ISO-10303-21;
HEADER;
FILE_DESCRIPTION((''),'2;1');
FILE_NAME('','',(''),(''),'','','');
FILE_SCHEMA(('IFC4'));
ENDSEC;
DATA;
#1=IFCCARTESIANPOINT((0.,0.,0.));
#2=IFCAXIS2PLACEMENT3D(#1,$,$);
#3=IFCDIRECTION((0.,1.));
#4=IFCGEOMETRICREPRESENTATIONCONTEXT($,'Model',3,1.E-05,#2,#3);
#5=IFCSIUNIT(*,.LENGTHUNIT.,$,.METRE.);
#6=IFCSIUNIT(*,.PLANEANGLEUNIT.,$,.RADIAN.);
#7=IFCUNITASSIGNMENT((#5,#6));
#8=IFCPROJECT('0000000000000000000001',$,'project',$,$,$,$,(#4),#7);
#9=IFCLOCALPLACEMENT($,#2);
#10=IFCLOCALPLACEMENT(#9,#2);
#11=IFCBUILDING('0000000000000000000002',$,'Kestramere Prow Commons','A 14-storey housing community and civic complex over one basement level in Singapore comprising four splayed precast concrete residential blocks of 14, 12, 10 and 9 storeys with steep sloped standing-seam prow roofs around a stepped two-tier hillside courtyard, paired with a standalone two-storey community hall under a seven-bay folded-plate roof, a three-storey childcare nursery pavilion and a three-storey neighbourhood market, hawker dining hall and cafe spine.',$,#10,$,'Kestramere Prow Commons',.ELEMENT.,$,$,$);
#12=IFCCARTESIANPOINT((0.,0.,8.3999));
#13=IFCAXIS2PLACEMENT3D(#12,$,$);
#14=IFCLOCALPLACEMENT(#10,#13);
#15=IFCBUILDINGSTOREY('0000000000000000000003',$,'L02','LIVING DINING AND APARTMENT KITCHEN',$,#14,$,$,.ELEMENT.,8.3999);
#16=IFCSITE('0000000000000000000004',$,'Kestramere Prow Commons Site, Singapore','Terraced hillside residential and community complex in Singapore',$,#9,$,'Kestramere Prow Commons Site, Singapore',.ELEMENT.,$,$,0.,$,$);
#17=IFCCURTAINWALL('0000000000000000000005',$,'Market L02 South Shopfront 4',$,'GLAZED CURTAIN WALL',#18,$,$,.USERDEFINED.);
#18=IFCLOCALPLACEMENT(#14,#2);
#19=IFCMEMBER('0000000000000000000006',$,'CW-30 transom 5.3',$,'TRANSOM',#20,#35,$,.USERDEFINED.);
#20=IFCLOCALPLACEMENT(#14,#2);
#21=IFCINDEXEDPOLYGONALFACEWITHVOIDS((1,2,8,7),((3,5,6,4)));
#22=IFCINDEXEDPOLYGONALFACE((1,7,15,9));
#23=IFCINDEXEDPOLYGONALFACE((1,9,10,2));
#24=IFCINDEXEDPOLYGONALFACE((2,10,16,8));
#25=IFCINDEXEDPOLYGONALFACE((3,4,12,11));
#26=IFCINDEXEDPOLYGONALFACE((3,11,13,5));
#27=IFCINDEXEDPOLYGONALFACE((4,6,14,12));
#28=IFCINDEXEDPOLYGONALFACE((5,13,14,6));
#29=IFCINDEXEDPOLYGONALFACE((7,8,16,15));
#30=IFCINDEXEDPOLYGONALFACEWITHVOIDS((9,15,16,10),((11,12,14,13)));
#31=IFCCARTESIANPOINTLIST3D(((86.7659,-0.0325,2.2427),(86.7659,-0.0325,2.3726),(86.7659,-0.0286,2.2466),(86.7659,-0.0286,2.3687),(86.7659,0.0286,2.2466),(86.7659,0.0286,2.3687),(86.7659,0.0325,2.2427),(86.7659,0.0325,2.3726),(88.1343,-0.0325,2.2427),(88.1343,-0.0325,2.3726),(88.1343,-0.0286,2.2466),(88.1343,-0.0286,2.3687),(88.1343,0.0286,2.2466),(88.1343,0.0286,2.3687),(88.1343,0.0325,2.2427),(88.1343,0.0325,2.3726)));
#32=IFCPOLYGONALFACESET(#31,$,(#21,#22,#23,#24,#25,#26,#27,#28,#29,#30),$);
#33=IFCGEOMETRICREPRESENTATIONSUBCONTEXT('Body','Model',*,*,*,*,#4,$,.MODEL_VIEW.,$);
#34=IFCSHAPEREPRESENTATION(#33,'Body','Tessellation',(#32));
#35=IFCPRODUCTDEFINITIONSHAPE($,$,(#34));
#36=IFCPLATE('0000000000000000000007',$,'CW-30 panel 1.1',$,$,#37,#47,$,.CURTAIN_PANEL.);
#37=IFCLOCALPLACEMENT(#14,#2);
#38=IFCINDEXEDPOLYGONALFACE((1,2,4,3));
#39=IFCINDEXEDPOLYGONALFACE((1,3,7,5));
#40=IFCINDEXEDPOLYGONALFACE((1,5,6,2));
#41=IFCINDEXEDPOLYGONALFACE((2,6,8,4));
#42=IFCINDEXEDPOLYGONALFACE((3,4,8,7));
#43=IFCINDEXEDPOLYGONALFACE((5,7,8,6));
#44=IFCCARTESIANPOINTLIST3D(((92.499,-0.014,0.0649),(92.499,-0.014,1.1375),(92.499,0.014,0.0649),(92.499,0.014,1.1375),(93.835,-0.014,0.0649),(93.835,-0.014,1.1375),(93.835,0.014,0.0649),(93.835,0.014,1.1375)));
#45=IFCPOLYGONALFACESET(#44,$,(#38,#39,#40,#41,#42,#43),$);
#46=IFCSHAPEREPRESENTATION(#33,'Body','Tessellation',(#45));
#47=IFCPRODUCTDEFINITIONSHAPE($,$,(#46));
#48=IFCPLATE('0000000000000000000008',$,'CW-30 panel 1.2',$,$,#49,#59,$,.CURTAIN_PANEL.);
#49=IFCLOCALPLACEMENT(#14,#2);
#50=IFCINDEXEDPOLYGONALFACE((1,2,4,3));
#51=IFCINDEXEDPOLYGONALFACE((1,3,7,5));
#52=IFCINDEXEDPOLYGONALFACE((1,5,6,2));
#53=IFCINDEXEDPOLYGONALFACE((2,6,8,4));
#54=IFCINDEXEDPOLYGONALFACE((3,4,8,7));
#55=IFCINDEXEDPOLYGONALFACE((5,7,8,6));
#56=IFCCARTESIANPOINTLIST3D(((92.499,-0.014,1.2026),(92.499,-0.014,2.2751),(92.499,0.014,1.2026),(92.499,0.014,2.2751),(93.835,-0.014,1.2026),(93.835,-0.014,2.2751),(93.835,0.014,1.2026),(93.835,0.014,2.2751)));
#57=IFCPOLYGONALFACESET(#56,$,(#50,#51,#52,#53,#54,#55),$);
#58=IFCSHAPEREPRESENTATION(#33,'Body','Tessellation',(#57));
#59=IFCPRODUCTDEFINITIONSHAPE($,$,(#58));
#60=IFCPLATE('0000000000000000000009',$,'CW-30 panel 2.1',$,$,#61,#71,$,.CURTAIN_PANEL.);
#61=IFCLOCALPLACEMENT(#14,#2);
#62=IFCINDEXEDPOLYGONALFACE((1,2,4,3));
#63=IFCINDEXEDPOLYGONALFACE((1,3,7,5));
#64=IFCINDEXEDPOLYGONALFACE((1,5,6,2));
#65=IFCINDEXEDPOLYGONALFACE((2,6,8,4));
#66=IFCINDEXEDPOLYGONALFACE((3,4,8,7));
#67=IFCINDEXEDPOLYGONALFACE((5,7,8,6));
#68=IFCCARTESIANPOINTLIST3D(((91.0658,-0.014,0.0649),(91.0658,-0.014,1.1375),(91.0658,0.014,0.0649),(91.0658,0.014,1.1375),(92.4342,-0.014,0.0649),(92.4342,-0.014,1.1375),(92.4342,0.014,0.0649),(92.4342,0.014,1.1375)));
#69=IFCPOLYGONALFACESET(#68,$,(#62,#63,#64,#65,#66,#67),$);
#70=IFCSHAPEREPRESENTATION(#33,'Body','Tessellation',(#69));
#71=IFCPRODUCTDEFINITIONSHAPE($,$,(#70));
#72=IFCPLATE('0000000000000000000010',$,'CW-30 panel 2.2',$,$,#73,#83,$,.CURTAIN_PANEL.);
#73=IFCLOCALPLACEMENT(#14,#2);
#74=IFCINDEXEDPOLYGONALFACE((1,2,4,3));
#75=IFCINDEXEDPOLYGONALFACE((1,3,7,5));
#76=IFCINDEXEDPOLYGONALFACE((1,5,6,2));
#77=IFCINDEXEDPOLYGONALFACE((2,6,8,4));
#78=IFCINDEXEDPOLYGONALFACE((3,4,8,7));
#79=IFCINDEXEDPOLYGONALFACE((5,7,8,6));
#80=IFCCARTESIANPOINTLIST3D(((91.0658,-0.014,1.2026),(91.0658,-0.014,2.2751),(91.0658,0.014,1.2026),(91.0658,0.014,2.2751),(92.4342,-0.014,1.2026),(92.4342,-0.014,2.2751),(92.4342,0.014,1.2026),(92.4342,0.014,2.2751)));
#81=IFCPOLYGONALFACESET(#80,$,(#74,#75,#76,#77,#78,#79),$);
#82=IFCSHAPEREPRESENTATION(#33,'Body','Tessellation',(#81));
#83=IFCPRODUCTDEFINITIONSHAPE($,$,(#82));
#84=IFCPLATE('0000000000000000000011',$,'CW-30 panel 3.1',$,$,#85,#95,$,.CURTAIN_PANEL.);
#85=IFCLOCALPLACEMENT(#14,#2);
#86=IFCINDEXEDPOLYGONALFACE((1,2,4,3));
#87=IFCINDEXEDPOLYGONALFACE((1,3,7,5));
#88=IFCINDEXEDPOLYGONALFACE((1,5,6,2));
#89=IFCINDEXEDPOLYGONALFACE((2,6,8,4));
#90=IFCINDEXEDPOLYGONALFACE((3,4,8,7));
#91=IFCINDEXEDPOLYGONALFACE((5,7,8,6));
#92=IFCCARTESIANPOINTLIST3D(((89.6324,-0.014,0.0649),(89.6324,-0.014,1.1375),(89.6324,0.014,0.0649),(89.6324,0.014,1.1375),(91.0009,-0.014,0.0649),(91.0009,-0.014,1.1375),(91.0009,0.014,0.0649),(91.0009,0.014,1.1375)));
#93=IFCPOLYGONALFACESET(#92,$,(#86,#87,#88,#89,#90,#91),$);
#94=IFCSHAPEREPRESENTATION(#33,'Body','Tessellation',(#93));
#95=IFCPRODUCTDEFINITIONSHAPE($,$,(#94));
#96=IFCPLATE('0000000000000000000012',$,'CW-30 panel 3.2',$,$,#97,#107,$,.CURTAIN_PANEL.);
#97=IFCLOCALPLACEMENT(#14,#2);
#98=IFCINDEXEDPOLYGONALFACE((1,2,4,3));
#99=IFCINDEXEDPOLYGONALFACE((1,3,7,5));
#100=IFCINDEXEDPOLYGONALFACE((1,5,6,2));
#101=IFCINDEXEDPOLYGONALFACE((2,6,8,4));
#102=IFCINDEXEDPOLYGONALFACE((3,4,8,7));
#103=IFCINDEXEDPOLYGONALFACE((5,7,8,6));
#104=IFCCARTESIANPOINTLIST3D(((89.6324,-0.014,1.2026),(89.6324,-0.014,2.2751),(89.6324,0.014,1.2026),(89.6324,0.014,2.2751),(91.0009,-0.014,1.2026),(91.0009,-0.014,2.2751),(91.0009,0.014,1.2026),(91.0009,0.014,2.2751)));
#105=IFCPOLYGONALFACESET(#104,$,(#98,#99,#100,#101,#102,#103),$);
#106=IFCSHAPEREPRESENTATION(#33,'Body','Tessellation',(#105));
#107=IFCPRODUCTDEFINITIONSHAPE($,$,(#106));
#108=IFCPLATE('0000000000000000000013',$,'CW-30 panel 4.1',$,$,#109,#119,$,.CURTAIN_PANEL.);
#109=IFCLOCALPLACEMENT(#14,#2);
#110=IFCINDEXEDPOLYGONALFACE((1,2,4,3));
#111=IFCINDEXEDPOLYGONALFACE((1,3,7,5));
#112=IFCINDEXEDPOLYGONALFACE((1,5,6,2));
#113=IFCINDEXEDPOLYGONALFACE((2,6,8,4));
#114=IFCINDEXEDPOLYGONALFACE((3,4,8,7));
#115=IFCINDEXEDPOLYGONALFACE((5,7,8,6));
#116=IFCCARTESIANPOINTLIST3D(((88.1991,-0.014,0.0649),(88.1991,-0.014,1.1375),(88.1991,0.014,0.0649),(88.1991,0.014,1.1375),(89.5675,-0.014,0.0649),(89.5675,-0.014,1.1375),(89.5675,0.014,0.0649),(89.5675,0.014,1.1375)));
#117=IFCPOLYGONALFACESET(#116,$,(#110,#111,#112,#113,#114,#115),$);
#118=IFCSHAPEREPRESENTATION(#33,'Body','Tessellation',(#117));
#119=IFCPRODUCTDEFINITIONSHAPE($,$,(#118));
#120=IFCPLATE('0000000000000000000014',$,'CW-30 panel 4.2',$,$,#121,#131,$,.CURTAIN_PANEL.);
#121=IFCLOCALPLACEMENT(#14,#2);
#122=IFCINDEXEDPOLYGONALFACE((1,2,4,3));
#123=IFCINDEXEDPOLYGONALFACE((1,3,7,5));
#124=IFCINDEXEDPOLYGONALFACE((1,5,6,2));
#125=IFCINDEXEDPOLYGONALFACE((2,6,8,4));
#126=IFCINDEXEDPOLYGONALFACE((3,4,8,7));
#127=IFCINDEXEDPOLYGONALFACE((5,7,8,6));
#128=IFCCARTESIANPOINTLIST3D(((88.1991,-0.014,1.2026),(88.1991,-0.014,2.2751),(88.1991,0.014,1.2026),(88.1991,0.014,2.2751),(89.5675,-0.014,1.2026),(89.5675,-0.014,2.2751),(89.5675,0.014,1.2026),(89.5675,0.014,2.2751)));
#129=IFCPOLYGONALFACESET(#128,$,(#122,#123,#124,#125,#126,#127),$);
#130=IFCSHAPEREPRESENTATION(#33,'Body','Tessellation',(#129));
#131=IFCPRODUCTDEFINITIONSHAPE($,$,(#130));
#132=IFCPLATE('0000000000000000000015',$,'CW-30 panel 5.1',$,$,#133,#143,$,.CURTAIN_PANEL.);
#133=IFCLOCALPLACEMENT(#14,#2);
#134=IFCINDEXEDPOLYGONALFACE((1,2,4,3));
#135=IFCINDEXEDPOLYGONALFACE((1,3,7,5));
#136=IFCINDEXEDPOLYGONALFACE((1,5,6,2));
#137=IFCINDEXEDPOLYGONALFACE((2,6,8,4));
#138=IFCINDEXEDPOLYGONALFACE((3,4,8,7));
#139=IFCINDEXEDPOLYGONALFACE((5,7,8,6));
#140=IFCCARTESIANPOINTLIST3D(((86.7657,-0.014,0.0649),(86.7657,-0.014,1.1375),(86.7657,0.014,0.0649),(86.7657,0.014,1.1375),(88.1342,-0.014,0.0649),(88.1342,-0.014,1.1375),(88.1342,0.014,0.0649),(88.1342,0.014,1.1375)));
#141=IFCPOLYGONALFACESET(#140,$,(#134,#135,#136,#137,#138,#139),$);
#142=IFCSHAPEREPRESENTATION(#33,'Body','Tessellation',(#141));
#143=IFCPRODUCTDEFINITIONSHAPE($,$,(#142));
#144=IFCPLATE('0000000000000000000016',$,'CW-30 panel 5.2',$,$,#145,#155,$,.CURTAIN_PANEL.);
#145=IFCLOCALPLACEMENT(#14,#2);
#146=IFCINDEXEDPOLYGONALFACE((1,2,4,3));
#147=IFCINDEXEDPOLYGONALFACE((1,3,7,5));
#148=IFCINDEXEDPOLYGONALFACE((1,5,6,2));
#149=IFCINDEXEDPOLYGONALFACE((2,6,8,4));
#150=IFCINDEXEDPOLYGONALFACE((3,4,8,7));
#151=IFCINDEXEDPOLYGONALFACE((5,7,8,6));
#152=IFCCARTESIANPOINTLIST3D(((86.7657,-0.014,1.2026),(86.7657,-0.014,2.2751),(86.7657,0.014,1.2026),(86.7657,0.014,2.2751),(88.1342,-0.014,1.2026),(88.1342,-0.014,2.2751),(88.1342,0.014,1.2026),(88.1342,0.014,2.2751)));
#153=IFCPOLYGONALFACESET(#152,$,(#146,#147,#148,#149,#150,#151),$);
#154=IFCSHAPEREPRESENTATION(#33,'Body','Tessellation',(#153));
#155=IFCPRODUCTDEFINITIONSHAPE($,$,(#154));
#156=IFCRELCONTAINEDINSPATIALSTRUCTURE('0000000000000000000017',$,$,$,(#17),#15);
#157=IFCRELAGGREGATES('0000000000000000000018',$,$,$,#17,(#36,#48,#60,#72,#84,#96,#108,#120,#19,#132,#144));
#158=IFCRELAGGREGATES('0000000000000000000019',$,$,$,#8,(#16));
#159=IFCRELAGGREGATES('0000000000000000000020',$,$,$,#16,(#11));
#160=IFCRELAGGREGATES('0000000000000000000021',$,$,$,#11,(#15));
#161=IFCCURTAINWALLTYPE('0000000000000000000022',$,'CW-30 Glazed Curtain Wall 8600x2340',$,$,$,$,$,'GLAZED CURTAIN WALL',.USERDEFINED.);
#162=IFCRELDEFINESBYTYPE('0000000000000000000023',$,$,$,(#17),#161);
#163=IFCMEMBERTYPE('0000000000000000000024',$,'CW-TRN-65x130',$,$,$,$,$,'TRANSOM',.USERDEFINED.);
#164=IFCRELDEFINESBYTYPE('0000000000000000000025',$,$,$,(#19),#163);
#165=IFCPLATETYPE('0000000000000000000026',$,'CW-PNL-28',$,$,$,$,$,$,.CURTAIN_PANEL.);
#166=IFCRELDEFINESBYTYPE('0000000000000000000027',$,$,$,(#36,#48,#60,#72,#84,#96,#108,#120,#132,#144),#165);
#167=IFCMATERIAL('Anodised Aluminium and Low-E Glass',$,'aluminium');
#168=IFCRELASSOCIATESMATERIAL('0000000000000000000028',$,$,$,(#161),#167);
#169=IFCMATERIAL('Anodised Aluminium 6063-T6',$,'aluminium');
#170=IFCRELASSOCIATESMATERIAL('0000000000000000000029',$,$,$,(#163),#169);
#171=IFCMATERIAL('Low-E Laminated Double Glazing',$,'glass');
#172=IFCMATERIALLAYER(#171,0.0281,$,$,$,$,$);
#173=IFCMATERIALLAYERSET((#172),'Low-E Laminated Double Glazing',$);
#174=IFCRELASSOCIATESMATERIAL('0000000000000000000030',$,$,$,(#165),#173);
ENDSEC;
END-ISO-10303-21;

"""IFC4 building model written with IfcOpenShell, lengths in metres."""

from ifc_helpers import new_model, si_unit, direction, frame, origin, origin_2d, place, context, subcontext, project, spatial, rectangle, hollow_rectangle, extrude, material, layer, layer_set, material_profile, profile_set, type_object, element, aggregate, save


model = new_model("IFC4")

# Units and contexts
model_context = context("Model", 3, precision=1e-05, world=origin(), true_north=direction((0.0, 1.0)))
body_context = subcontext(model_context, "Body", "Model", "MODEL_VIEW")
ifc_project = project(units=[si_unit("LENGTHUNIT", "METRE"), si_unit("PLANEANGLEUNIT", "RADIAN")], contexts=[model_context])

# Site, building, storey
site_placement = place(None, origin())
site = spatial("IfcSite", under=ifc_project, at=site_placement, Name="Kestramere Prow Commons Site, Singapore", Description="Terraced hillside residential and community complex in Singapore", LongName="Kestramere Prow Commons Site, Singapore", CompositionType="ELEMENT", RefElevation=0.0)
building_placement = place(site_placement, origin())
building = spatial("IfcBuilding", under=site, at=building_placement, Name="Kestramere Prow Commons", Description="A 14-storey housing community and civic complex over one basement level in Singapore comprising four splayed precast concrete residential blocks of 14, 12, 10 and 9 storeys with steep sloped standing-seam prow roofs around a stepped two-tier hillside courtyard, paired with a standalone two-storey community hall under a seven-bay folded-plate roof, a three-storey childcare nursery pavilion and a three-storey neighbourhood market, hawker dining hall and cafe spine.", LongName="Kestramere Prow Commons", CompositionType="ELEMENT")
storey_placement = place(building_placement, frame((0.0, 0.0, 8.3999)))
storey = spatial("IfcBuildingStorey", under=building, at=storey_placement, Name="L02", Description="LIVING DINING AND APARTMENT KITCHEN", CompositionType="ELEMENT", Elevation=8.3999)

# Curtain wall, member, plates
ifc_material_1 = material(Name="Anodised Aluminium and Low-E Glass", Category="aluminium")
curtain_wall_type = type_object("IfcCurtainWallType", Name="CW-30 Glazed Curtain Wall 8600x2340", ElementType="GLAZED CURTAIN WALL", PredefinedType="USERDEFINED", material=ifc_material_1)
curtain_wall_placement = place(storey_placement, origin())
curtain_wall = element("IfcCurtainWall", 1, at=curtain_wall_placement, inside=storey, type_object=curtain_wall_type, Name="Market L02 South Shopfront 4", ObjectType="GLAZED CURTAIN WALL", PredefinedType="USERDEFINED")
ifc_material_2 = material(Name="Anodised Aluminium 6063-T6", Category="aluminium")
ifc_material_profile_1 = material_profile(ifc_material_2, hollow_rectangle(XDim=0.0649, YDim=0.1299, WallThickness=0.0039, at=origin_2d()), Name="ALU-TRN 65x130")
ifc_profile_set_1 = profile_set([ifc_material_profile_1], Name="Anodised Aluminium 6063-T6")
member_type_1 = type_object("IfcMemberType", Name="CW-TRN-65x130", ElementType="TRANSOM", PredefinedType="USERDEFINED", material=ifc_profile_set_1)
member_1_placement = place(storey_placement, frame((88.1343, 0.0, 2.3076), z_axis=(-1.0, 0.0, 0.0), x_axis=(0.0, -1.0, 0.0)))
member_1 = element("IfcMember", 2, at=member_1_placement, type_object=member_type_1, Name="CW-30 transom 5.3", ObjectType="TRANSOM", PredefinedType="USERDEFINED", context=body_context, shape_type="SweptSolid", body=[
    extrude(hollow_rectangle(XDim=0.0649, YDim=0.1299, WallThickness=0.0039, at=origin_2d()), origin(), (0.0, 0.0, 1.0), 1.3684),
])
ifc_material_3 = material(Name="Low-E Laminated Double Glazing", Category="glass")
ifc_layer = layer(ifc_material_3, 0.0281)
ifc_layer_set = layer_set([ifc_layer], Name="Low-E Laminated Double Glazing")
plate_type = type_object("IfcPlateType", Name="CW-PNL-28", PredefinedType="CURTAIN_PANEL", material=ifc_layer_set)
plate_1_placement = place(storey_placement, frame((93.167, 0.0, 0.0649), z_axis=(0.0, 0.0, 1.0), x_axis=(-1.0, 0.0, 0.0)))
plate_1 = element("IfcPlate", 3, at=plate_1_placement, type_object=plate_type, Name="CW-30 panel 1.1", PredefinedType="CURTAIN_PANEL", context=body_context, shape_type="SweptSolid", body=[
    extrude(rectangle(XDim=1.3359, YDim=0.0281, at=origin_2d()), origin(), (0.0, 0.0, 1.0), 1.0725),
])
plate_2_placement = place(storey_placement, frame((93.167, 0.0, 1.2026), z_axis=(0.0, 0.0, 1.0), x_axis=(-1.0, 0.0, 0.0)))
plate_2 = element("IfcPlate", 4, at=plate_2_placement, type_object=plate_type, Name="CW-30 panel 1.2", PredefinedType="CURTAIN_PANEL", context=body_context, shape_type="SweptSolid", body=[
    extrude(rectangle(XDim=1.3359, YDim=0.0281, at=origin_2d()), origin(), (0.0, 0.0, 1.0), 1.0725),
])
plate_3_placement = place(storey_placement, frame((91.75, 0.0, 0.0649), z_axis=(0.0, 0.0, 1.0), x_axis=(-1.0, 0.0, 0.0)))
plate_3 = element("IfcPlate", 5, at=plate_3_placement, type_object=plate_type, Name="CW-30 panel 2.1", PredefinedType="CURTAIN_PANEL", context=body_context, shape_type="SweptSolid", body=[
    extrude(rectangle(XDim=1.3684, YDim=0.0281, at=origin_2d()), origin(), (0.0, 0.0, 1.0), 1.0725),
])
plate_4_placement = place(storey_placement, frame((91.75, 0.0, 1.2026), z_axis=(0.0, 0.0, 1.0), x_axis=(-1.0, 0.0, 0.0)))
plate_4 = element("IfcPlate", 6, at=plate_4_placement, type_object=plate_type, Name="CW-30 panel 2.2", PredefinedType="CURTAIN_PANEL", context=body_context, shape_type="SweptSolid", body=[
    extrude(rectangle(XDim=1.3684, YDim=0.0281, at=origin_2d()), origin(), (0.0, 0.0, 1.0), 1.0725),
])
plate_5_placement = place(storey_placement, frame((90.3167, 0.0, 0.0649), z_axis=(0.0, 0.0, 1.0), x_axis=(-1.0, 0.0, 0.0)))
plate_5 = element("IfcPlate", 7, at=plate_5_placement, type_object=plate_type, Name="CW-30 panel 3.1", PredefinedType="CURTAIN_PANEL", context=body_context, shape_type="SweptSolid", body=[
    extrude(rectangle(XDim=1.3684, YDim=0.0281, at=origin_2d()), origin(), (0.0, 0.0, 1.0), 1.0725),
])
plate_6_placement = place(storey_placement, frame((90.3167, 0.0, 1.2026), z_axis=(0.0, 0.0, 1.0), x_axis=(-1.0, 0.0, 0.0)))
plate_6 = element("IfcPlate", 8, at=plate_6_placement, type_object=plate_type, Name="CW-30 panel 3.2", PredefinedType="CURTAIN_PANEL", context=body_context, shape_type="SweptSolid", body=[
    extrude(rectangle(XDim=1.3684, YDim=0.0281, at=origin_2d()), origin(), (0.0, 0.0, 1.0), 1.0725),
])
plate_7_placement = place(storey_placement, frame((88.8833, 0.0, 0.0649), z_axis=(0.0, 0.0, 1.0), x_axis=(-1.0, 0.0, 0.0)))
plate_7 = element("IfcPlate", 9, at=plate_7_placement, type_object=plate_type, Name="CW-30 panel 4.1", PredefinedType="CURTAIN_PANEL", context=body_context, shape_type="SweptSolid", body=[
    extrude(rectangle(XDim=1.3684, YDim=0.0281, at=origin_2d()), origin(), (0.0, 0.0, 1.0), 1.0725),
])
plate_8_placement = place(storey_placement, frame((88.8833, 0.0, 1.2026), z_axis=(0.0, 0.0, 1.0), x_axis=(-1.0, 0.0, 0.0)))
plate_8 = element("IfcPlate", 10, at=plate_8_placement, type_object=plate_type, Name="CW-30 panel 4.2", PredefinedType="CURTAIN_PANEL", context=body_context, shape_type="SweptSolid", body=[
    extrude(rectangle(XDim=1.3684, YDim=0.0281, at=origin_2d()), origin(), (0.0, 0.0, 1.0), 1.0725),
])
plate_9_placement = place(storey_placement, frame((87.45, 0.0, 0.0649), z_axis=(0.0, 0.0, 1.0), x_axis=(-1.0, 0.0, 0.0)))
plate_9 = element("IfcPlate", 11, at=plate_9_placement, type_object=plate_type, Name="CW-30 panel 5.1", PredefinedType="CURTAIN_PANEL", context=body_context, shape_type="SweptSolid", body=[
    extrude(rectangle(XDim=1.3684, YDim=0.0281, at=origin_2d()), origin(), (0.0, 0.0, 1.0), 1.0725),
])
plate_10_placement = place(storey_placement, frame((87.45, 0.0, 1.2026), z_axis=(0.0, 0.0, 1.0), x_axis=(-1.0, 0.0, 0.0)))
plate_10 = element("IfcPlate", 12, at=plate_10_placement, type_object=plate_type, Name="CW-30 panel 5.2", PredefinedType="CURTAIN_PANEL", context=body_context, shape_type="SweptSolid", body=[
    extrude(rectangle(XDim=1.3684, YDim=0.0281, at=origin_2d()), origin(), (0.0, 0.0, 1.0), 1.0725),
])
aggregate(curtain_wall, [plate_1, plate_2, plate_3, plate_4, plate_5, plate_6, plate_7, plate_8, member_1, plate_9, plate_10])

save(model, "model.ifc")
